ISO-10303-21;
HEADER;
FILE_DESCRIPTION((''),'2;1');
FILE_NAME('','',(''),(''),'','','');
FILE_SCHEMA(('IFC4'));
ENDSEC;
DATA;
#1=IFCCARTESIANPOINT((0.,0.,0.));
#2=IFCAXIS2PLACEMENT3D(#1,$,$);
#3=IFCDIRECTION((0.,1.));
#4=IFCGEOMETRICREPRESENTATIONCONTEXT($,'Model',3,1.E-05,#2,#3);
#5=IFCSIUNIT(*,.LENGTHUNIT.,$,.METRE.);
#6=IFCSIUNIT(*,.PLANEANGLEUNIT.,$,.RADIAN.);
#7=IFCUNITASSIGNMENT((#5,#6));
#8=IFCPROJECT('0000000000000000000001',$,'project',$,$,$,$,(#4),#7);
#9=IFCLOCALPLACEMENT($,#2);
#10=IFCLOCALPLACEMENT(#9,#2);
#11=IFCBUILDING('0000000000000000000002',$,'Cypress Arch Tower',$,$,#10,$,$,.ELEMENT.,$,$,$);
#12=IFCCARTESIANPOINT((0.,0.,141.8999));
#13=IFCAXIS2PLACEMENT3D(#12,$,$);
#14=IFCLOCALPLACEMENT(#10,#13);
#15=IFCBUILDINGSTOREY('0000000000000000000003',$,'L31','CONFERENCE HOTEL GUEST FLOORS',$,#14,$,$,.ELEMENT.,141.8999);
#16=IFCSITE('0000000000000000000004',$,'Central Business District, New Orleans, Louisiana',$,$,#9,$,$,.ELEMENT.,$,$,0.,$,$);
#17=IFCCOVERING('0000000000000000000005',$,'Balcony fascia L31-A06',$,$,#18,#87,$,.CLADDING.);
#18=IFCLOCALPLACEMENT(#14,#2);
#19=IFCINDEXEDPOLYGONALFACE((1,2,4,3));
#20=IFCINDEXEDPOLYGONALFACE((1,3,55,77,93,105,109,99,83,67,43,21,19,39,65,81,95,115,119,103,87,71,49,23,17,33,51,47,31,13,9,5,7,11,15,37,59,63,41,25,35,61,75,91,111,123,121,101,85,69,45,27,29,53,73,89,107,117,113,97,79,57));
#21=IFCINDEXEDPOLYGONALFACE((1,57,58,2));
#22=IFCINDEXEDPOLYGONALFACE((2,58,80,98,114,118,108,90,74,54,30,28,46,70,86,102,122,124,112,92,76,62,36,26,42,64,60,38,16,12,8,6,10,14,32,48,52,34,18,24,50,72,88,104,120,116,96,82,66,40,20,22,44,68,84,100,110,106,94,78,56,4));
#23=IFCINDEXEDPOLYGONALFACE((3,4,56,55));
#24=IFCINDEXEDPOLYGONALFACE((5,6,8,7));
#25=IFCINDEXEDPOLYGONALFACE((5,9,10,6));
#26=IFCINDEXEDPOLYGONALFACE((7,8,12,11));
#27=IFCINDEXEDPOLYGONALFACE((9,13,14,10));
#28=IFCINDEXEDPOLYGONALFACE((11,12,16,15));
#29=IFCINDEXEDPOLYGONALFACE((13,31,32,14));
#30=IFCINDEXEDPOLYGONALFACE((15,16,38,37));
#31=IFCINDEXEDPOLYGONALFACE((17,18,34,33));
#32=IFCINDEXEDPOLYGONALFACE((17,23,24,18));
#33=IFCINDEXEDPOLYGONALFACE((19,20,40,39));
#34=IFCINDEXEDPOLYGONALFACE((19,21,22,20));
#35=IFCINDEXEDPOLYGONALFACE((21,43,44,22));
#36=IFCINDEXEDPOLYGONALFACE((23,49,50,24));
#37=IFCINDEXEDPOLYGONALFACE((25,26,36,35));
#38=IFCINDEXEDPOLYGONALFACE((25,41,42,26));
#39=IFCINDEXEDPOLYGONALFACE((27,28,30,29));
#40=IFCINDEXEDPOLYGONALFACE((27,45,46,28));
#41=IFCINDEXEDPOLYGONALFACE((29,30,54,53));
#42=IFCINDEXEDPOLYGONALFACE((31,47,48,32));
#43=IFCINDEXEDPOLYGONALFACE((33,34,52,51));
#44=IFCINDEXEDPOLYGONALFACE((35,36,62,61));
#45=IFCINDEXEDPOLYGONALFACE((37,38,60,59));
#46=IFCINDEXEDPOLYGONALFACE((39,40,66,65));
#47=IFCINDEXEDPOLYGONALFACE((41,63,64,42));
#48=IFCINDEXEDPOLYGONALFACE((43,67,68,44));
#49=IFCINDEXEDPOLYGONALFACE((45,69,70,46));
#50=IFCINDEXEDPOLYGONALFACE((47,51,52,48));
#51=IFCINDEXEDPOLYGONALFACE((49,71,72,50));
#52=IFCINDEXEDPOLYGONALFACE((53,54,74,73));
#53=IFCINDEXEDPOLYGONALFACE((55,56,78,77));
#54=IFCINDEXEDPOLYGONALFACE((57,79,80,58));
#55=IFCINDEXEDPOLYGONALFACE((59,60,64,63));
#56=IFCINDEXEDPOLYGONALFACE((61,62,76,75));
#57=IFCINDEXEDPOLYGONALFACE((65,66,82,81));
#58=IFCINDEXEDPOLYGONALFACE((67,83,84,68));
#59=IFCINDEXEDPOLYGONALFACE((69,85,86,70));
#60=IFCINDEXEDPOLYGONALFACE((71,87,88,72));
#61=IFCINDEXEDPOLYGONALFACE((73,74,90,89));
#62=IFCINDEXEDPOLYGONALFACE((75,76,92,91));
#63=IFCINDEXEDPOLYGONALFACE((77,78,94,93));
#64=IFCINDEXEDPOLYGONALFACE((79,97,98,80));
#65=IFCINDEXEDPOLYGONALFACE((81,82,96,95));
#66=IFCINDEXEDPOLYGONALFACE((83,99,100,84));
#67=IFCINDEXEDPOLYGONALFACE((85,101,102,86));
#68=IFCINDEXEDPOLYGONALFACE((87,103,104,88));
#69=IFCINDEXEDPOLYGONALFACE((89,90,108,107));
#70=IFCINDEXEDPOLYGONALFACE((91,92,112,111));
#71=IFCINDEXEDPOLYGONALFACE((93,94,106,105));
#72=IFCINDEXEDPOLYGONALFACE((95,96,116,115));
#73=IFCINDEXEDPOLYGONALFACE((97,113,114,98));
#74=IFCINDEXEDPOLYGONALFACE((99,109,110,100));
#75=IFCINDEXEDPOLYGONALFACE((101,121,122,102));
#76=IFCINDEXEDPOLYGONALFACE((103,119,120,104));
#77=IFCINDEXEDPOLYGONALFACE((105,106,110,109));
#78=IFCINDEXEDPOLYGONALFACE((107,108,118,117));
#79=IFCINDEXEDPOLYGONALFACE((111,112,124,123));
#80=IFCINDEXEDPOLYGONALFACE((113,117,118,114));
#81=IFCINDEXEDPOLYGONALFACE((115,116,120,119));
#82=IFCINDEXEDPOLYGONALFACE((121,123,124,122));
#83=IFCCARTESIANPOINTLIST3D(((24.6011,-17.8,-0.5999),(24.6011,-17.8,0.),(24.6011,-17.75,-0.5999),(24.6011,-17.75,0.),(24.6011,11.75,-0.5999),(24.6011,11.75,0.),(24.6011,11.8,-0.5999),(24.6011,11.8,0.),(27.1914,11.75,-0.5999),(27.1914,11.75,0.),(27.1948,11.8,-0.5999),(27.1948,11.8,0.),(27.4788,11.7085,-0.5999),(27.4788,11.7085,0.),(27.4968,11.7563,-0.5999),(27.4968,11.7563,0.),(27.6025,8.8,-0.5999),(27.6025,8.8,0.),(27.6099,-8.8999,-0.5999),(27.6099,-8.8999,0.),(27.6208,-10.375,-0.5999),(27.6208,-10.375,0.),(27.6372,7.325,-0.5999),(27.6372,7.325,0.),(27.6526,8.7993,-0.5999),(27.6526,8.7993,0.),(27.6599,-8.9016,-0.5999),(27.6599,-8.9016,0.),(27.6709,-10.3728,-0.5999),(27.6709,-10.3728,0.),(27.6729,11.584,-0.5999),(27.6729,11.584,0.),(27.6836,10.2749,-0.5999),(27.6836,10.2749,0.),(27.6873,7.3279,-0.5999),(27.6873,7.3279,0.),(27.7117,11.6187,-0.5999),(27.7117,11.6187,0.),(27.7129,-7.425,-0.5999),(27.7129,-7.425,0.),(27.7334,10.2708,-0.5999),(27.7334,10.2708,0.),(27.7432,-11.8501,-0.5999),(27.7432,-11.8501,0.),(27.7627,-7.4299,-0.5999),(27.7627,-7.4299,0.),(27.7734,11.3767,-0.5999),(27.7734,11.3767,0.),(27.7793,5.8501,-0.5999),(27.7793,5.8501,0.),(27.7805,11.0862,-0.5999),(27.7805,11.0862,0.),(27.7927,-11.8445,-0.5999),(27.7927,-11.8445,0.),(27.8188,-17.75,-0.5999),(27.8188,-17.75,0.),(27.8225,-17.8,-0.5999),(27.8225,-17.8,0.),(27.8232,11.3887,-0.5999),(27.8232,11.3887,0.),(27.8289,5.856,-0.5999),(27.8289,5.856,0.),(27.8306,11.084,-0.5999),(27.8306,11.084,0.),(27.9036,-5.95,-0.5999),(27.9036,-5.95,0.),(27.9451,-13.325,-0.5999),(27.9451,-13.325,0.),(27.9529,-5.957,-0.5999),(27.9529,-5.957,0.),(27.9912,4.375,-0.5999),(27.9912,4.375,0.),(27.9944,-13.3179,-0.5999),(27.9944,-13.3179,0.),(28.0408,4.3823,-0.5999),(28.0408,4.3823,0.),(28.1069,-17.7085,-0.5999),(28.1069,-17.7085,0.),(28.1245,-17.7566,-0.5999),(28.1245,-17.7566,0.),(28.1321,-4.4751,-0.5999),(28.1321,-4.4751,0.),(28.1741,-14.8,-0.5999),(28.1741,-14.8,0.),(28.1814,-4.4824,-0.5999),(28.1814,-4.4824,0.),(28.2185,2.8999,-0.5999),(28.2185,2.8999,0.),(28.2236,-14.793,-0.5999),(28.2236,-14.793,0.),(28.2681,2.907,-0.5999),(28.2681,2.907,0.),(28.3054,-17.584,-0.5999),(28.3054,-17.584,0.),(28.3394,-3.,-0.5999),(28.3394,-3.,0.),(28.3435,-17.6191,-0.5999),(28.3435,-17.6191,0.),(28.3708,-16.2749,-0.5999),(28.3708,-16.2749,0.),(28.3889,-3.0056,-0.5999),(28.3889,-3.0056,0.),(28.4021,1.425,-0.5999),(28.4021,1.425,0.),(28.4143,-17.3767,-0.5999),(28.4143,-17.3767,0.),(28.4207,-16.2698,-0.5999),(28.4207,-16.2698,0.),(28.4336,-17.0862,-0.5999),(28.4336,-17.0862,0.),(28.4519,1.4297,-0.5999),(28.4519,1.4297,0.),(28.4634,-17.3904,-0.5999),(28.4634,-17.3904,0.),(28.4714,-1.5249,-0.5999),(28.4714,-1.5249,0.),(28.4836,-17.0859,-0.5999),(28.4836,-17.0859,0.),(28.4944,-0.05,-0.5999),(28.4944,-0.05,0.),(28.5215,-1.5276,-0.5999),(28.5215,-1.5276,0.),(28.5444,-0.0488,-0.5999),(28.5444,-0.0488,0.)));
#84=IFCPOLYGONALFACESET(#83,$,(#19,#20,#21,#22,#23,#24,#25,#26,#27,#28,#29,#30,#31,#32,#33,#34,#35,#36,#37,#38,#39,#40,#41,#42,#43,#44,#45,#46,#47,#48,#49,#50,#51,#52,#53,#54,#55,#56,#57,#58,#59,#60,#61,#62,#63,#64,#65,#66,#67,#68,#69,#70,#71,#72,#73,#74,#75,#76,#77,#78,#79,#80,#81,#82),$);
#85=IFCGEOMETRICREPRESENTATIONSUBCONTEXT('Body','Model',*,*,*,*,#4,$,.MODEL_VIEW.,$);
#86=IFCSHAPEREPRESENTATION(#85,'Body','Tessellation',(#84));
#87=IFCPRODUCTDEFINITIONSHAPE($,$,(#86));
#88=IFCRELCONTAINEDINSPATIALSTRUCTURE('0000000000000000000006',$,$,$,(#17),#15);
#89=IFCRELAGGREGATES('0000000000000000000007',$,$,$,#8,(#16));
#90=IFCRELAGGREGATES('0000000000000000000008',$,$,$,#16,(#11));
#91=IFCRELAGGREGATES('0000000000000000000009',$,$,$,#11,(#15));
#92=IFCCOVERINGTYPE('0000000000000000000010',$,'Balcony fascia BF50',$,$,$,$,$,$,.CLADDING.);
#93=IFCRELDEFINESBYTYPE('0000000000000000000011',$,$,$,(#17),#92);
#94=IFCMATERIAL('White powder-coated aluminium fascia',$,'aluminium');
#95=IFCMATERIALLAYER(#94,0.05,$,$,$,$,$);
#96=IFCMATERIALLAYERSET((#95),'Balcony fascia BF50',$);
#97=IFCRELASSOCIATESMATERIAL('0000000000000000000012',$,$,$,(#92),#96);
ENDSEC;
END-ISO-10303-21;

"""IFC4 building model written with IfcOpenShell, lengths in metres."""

from ifc_helpers import new_model, si_unit, direction, frame, origin, place, context, subcontext, project, spatial, polyline, outline, extrude, material, layer, layer_set, type_object, element, save


model = new_model("IFC4")

# Units and contexts
model_context = context("Model", 3, precision=1e-05, world=origin(), true_north=direction((0.0, 1.0)))
body_context = subcontext(model_context, "Body", "Model", "MODEL_VIEW")
ifc_project = project(units=[si_unit("LENGTHUNIT", "METRE"), si_unit("PLANEANGLEUNIT", "RADIAN")], contexts=[model_context])

# Site, building, storey
site_placement = place(None, origin())
site = spatial("IfcSite", under=ifc_project, at=site_placement, Name="Central Business District, New Orleans, Louisiana", CompositionType="ELEMENT", RefElevation=0.0)
building_placement = place(site_placement, origin())
building = spatial("IfcBuilding", under=site, at=building_placement, Name="Cypress Arch Tower", CompositionType="ELEMENT")
storey_placement = place(building_placement, frame((0.0, 0.0, 141.8999)))
storey = spatial("IfcBuildingStorey", under=building, at=storey_placement, Name="L31", Description="CONFERENCE HOTEL GUEST FLOORS", CompositionType="ELEMENT", Elevation=141.8999)

# Covering
ifc_material_1 = material(Name="White powder-coated aluminium fascia", Category="aluminium")
ifc_layer_1 = layer(ifc_material_1, 0.05)
ifc_layer_set_1 = layer_set([ifc_layer_1], Name="Balcony fascia BF50")
covering_type = type_object("IfcCoveringType", Name="Balcony fascia BF50", PredefinedType="CLADDING", material=ifc_layer_set_1)
covering_1_placement = place(storey_placement, frame((0.0, 0.0, -0.5999)))
element("IfcCovering", 1, at=covering_1_placement, inside=storey, type_object=covering_type, Name="Balcony fascia L31-A06", PredefinedType="CLADDING", context=body_context, shape_type="SweptSolid", body=[
    extrude(outline(polyline([(27.1948, 11.8), (27.4968, 11.7563), (27.7117, 11.6187), (27.8232, 11.3887), (27.8306, 11.084), (27.7334, 10.2708), (27.6526, 8.7993), (27.6873, 7.3279), (27.8289, 5.856), (28.0408, 4.3823), (28.2681, 2.907), (28.4519, 1.4297), (28.5444, -0.0488), (28.5215, -1.5276), (28.3889, -3.0056), (28.1814, -4.4824), (27.9529, -5.957), (27.7627, -7.4299), (27.6599, -8.9016), (27.6709, -10.3728), (27.7927, -11.8445), (27.9944, -13.3179), (28.2236, -14.793), (28.4207, -16.2698), (28.4836, -17.0859), (28.4634, -17.3904), (28.3435, -17.6191), (28.1245, -17.7566), (27.8225, -17.8), (24.6011, -17.8), (24.6011, -17.75), (27.8188, -17.75), (28.1069, -17.7085), (28.3054, -17.584), (28.4143, -17.3767), (28.4336, -17.0862), (28.3708, -16.2749), (28.1741, -14.8), (27.9451, -13.325), (27.7432, -11.8501), (27.6208, -10.375), (27.6099, -8.8999), (27.7129, -7.425), (27.9036, -5.95), (28.1321, -4.4751), (28.3394, -3.0), (28.4714, -1.5249), (28.4944, -0.05), (28.4021, 1.425), (28.2185, 2.8999), (27.9912, 4.375), (27.7793, 5.8501), (27.6372, 7.325), (27.6025, 8.8), (27.6836, 10.2749), (27.7805, 11.0862), (27.7734, 11.3767), (27.6729, 11.584), (27.4788, 11.7085), (27.1914, 11.75), (24.6011, 11.75), (24.6011, 11.8), (27.1948, 11.8)])), origin(), (0.0, 0.0, 1.0), 0.5999),
])

save(model, "model.ifc")
